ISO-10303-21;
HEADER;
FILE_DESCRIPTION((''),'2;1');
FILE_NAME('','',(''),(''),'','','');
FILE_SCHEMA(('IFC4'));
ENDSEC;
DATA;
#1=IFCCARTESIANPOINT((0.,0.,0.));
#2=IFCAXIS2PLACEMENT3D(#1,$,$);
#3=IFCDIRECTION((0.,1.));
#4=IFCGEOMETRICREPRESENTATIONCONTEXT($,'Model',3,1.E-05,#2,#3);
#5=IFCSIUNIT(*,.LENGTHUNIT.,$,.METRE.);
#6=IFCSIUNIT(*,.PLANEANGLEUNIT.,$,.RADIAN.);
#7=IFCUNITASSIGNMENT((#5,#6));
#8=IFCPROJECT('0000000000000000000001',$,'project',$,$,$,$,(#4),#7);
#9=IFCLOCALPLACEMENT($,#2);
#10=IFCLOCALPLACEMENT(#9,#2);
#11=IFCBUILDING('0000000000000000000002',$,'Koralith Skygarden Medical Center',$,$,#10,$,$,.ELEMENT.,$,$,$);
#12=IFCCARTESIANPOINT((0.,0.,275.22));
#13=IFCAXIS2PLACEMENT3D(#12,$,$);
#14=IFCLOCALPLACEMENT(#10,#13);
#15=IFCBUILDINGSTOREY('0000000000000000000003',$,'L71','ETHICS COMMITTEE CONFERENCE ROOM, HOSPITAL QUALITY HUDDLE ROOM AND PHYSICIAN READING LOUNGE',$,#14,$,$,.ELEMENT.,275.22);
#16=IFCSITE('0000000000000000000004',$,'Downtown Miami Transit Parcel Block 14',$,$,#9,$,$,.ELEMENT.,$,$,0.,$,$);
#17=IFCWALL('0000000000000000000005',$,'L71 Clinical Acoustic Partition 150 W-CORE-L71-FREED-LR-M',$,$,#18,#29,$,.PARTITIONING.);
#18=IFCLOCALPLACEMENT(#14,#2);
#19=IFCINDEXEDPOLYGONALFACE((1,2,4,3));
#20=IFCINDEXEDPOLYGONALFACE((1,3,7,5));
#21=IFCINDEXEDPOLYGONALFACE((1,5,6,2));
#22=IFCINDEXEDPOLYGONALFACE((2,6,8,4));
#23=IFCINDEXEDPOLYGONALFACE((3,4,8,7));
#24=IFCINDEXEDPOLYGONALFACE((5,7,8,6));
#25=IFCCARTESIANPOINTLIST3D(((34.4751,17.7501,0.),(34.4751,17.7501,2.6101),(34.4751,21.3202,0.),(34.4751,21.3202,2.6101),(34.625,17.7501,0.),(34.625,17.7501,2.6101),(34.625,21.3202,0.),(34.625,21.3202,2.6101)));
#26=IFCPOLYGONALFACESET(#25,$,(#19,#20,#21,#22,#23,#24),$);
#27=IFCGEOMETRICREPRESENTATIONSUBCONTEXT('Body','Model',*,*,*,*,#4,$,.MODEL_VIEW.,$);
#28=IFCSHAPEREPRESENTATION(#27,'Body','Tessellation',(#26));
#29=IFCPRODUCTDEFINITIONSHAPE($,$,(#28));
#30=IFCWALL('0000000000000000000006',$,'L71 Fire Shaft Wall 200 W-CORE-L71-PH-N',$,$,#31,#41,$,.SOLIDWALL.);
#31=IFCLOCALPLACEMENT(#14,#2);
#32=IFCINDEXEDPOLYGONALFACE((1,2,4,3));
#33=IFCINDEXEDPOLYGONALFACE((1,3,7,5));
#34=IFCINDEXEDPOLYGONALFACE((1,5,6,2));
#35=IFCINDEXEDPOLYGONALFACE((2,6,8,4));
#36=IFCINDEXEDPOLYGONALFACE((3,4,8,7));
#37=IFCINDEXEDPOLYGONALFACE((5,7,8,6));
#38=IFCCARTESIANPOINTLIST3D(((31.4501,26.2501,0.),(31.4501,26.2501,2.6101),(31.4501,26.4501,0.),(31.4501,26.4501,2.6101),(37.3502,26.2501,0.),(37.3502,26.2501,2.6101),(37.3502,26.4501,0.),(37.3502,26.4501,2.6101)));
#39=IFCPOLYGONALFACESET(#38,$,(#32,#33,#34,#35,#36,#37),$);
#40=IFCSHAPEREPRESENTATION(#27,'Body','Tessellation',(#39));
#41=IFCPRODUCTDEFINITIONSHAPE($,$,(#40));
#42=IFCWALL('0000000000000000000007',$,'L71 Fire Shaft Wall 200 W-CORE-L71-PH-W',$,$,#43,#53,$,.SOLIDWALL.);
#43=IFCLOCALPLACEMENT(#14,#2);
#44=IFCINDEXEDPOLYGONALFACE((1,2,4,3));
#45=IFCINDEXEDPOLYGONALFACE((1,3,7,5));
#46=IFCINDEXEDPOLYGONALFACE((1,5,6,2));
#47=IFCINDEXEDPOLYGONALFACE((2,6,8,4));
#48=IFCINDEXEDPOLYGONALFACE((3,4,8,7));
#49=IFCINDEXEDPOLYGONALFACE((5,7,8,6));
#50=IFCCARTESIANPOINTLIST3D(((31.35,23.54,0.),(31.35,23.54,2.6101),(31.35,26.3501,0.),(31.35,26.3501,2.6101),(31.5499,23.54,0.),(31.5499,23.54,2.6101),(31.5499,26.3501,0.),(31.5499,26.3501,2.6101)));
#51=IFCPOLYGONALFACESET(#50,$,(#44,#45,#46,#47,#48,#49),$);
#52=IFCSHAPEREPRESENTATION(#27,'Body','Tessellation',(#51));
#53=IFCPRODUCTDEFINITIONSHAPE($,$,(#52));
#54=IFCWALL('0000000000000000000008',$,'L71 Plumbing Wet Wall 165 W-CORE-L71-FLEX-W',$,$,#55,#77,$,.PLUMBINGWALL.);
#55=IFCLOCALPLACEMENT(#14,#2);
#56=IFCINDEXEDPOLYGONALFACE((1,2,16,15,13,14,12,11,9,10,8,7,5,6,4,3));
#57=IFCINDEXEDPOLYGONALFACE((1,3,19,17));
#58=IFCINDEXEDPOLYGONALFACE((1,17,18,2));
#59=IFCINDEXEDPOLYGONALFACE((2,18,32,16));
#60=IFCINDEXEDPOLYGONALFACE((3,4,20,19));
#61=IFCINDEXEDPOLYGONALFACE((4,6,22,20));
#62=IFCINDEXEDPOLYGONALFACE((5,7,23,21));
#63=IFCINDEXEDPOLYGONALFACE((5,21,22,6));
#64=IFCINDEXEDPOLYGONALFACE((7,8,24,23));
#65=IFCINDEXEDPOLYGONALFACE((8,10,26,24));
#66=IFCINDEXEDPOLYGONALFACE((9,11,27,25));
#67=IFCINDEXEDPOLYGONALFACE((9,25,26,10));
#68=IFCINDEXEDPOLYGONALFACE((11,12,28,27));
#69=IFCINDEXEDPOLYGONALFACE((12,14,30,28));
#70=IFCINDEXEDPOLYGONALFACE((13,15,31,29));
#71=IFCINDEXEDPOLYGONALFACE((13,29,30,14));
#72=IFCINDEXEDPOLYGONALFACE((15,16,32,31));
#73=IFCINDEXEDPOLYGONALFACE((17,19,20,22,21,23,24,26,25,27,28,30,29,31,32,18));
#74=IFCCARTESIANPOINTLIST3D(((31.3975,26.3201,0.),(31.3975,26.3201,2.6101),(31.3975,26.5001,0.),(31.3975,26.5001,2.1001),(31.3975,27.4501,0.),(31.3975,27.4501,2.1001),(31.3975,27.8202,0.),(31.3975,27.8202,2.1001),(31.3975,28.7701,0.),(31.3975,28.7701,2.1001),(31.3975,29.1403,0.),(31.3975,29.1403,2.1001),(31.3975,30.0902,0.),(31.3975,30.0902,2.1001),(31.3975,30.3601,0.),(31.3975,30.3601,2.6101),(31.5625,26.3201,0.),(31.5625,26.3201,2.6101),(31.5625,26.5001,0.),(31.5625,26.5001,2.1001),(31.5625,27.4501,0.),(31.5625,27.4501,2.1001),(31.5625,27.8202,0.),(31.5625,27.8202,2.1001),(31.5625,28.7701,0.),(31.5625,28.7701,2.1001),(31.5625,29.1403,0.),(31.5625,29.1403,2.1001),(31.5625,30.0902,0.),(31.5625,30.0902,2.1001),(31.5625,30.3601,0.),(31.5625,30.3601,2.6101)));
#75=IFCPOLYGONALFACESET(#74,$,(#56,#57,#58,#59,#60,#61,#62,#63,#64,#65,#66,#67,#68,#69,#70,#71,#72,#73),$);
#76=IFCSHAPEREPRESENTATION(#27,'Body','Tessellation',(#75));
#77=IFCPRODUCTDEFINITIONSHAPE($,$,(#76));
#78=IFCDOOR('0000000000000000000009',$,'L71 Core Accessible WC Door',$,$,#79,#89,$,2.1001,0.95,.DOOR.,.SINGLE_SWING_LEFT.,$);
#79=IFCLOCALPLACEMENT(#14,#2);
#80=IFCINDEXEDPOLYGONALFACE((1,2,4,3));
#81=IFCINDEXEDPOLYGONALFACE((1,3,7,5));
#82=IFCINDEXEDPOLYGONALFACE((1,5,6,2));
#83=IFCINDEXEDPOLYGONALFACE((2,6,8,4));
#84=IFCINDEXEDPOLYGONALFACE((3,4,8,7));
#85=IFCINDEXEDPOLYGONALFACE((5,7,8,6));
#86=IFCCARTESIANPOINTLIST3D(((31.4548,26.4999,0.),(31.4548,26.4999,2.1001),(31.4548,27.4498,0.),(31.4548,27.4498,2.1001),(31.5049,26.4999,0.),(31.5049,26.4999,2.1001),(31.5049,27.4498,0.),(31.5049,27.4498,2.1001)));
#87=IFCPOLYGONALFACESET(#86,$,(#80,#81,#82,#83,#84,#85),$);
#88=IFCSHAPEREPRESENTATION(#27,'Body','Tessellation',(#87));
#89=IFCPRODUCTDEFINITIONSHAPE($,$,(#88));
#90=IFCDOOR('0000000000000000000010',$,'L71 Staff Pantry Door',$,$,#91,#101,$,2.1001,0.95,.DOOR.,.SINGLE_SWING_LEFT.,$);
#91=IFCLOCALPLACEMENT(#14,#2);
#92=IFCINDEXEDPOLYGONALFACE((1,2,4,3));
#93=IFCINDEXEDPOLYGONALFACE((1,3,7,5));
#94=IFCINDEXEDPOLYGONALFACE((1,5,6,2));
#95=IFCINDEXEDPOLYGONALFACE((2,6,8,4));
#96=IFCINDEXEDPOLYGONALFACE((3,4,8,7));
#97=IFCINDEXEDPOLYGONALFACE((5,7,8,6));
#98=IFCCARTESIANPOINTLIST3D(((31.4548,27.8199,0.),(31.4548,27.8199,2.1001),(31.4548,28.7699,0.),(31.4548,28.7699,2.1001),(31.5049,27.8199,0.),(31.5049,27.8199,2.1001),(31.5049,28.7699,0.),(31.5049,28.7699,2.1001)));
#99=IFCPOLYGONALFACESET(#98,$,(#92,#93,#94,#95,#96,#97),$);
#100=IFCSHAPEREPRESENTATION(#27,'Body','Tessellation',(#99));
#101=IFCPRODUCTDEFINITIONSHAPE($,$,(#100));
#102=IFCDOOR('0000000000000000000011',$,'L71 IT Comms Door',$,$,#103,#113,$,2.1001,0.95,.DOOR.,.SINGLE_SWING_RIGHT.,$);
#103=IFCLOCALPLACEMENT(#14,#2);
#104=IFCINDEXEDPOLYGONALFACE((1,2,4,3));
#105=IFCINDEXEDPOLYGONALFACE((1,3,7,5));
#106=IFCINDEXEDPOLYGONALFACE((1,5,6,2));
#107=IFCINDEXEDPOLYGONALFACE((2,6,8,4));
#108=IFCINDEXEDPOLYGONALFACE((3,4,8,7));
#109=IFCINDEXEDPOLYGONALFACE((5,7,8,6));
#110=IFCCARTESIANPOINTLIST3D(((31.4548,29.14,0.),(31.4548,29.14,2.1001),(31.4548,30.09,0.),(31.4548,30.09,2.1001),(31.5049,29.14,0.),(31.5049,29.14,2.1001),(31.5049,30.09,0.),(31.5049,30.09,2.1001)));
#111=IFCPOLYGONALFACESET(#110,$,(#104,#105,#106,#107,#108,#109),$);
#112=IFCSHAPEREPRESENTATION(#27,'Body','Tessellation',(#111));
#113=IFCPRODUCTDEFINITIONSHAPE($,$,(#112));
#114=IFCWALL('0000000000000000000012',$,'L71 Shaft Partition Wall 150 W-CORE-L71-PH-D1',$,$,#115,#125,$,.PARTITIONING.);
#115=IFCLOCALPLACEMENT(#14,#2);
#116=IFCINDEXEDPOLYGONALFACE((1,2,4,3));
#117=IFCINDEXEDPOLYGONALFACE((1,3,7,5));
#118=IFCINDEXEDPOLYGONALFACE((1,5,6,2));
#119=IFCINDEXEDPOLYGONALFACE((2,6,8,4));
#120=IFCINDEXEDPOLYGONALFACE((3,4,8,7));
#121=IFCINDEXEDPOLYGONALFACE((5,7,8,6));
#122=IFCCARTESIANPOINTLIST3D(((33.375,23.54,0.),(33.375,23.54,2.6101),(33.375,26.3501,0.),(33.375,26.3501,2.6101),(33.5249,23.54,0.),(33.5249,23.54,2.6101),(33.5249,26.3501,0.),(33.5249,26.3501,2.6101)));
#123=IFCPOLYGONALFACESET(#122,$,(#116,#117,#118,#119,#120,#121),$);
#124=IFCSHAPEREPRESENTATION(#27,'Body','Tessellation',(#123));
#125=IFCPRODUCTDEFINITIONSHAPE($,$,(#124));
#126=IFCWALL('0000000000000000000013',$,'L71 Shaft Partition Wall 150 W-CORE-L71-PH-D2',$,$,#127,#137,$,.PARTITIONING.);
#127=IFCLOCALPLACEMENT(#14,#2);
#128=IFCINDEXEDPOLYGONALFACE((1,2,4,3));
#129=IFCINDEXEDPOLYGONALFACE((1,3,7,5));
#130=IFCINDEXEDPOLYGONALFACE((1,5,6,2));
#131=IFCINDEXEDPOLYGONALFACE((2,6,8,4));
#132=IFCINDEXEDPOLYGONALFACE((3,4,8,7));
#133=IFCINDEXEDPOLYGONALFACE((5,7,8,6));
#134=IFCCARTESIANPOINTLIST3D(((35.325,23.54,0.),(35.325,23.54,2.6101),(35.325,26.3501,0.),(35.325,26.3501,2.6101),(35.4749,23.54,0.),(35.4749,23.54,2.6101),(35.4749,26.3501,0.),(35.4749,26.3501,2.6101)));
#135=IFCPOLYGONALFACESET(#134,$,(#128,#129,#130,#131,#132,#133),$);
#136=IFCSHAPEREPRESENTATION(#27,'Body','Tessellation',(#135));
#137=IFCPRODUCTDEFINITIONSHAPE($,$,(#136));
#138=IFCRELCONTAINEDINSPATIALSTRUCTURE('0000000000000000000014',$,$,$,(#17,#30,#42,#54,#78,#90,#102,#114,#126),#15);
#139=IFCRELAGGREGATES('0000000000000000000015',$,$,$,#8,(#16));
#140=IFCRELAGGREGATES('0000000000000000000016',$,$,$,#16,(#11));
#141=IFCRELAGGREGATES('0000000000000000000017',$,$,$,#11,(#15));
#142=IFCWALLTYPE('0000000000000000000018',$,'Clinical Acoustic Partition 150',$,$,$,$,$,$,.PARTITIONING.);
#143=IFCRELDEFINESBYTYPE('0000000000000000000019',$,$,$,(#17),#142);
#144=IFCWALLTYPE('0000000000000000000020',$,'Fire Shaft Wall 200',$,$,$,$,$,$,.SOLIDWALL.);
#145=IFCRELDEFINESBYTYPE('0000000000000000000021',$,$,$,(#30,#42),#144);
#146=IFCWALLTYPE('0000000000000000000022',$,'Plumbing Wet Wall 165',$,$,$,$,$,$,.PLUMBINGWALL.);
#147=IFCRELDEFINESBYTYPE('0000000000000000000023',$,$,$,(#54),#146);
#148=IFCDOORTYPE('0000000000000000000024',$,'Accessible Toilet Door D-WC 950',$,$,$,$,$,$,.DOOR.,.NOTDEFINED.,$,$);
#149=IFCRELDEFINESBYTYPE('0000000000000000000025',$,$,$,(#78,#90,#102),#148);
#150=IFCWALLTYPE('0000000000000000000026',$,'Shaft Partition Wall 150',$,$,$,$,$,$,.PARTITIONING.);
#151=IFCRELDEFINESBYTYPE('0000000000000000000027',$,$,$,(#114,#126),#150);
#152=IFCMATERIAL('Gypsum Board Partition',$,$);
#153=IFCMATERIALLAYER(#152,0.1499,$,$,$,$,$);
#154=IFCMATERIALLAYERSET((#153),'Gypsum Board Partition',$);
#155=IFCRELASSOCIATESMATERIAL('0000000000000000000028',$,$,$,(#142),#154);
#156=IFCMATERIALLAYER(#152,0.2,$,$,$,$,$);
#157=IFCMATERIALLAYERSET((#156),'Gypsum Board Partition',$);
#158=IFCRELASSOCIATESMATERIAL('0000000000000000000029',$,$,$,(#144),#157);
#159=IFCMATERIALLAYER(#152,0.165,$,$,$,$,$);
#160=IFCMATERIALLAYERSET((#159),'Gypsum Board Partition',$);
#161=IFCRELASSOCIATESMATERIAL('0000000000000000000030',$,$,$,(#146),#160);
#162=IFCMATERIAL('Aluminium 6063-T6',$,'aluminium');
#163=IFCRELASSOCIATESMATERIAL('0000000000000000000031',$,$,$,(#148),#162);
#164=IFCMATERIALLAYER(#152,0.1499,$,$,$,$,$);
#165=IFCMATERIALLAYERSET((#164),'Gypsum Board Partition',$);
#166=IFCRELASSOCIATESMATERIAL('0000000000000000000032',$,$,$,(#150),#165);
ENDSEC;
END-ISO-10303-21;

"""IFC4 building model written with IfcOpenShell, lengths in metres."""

from ifc_helpers import new_model, si_unit, direction, frame, frame_2d, origin, place, context, subcontext, project, spatial, rectangle, extrude, material, layer, layer_set, type_object, element, fill, save


model = new_model("IFC4")

# Units and contexts
model_context = context("Model", 3, precision=1e-05, world=origin(), true_north=direction((0.0, 1.0)))
body_context = subcontext(model_context, "Body", "Model", "MODEL_VIEW")
ifc_project = project(units=[si_unit("LENGTHUNIT", "METRE"), si_unit("PLANEANGLEUNIT", "RADIAN")], contexts=[model_context])

# Site, building, storey
site_placement = place(None, origin())
site = spatial("IfcSite", under=ifc_project, at=site_placement, Name="Downtown Miami Transit Parcel Block 14", CompositionType="ELEMENT", RefElevation=0.0)
building_placement = place(site_placement, origin())
building = spatial("IfcBuilding", under=site, at=building_placement, Name="Koralith Skygarden Medical Center", CompositionType="ELEMENT")
storey_placement = place(building_placement, frame((0.0, 0.0, 275.22)))
storey = spatial("IfcBuildingStorey", under=building, at=storey_placement, Name="L71", Description="ETHICS COMMITTEE CONFERENCE ROOM, HOSPITAL QUALITY HUDDLE ROOM AND PHYSICIAN READING LOUNGE", CompositionType="ELEMENT", Elevation=275.22)

# Shared definitions
ifc_material_1 = material(Name="Gypsum Board Partition")
ifc_layer_1 = layer(ifc_material_1, 0.1499)
ifc_layer_set_1 = layer_set([ifc_layer_1], Name="Gypsum Board Partition")
wall_type_1 = type_object("IfcWallType", Name="Clinical Acoustic Partition 150", PredefinedType="PARTITIONING", material=ifc_layer_set_1)
ifc_material_2 = material(Name="Aluminium 6063-T6", Category="aluminium")

# Wall
wall_1_placement = place(storey_placement, frame((34.55, 17.75, 0.0), z_axis=(0.0, 0.0, 1.0), x_axis=(0.0, 1.0, 0.0)))
element("IfcWall", 1, at=wall_1_placement, inside=storey, type_object=wall_type_1, Name="L71 Clinical Acoustic Partition 150 W-CORE-L71-FREED-LR-M", PredefinedType="PARTITIONING", context=body_context, shape_type="SweptSolid", body=[
    extrude(rectangle(XDim=3.5701, YDim=0.1499, at=frame_2d((1.7852, 0.0))), origin(), (0.0, 0.0, 1.0), 2.6101),
])

# Shared definitions
ifc_layer_2 = layer(ifc_material_1, 0.2)
ifc_layer_set_2 = layer_set([ifc_layer_2], Name="Gypsum Board Partition")
wall_type_2 = type_object("IfcWallType", Name="Fire Shaft Wall 200", PredefinedType="SOLIDWALL", material=ifc_layer_set_2)

# Walls
wall_2_placement = place(storey_placement, frame((31.45, 26.3501, 0.0), z_axis=(0.0, 0.0, 1.0), x_axis=(1.0, 0.0, 0.0)))
element("IfcWall", 2, at=wall_2_placement, inside=storey, type_object=wall_type_2, Name="L71 Fire Shaft Wall 200 W-CORE-L71-PH-N", PredefinedType="SOLIDWALL", context=body_context, shape_type="SweptSolid", body=[
    extrude(rectangle(XDim=5.9001, YDim=0.2, at=frame_2d((2.9502, 0.0))), origin(), (0.0, 0.0, 1.0), 2.6101),
])
wall_3_placement = place(storey_placement, frame((31.45, 23.54, 0.0), z_axis=(0.0, 0.0, 1.0), x_axis=(0.0, 1.0, 0.0)))
element("IfcWall", 3, at=wall_3_placement, inside=storey, type_object=wall_type_2, Name="L71 Fire Shaft Wall 200 W-CORE-L71-PH-W", PredefinedType="SOLIDWALL", context=body_context, shape_type="SweptSolid", body=[
    extrude(rectangle(XDim=2.8101, YDim=0.2, at=frame_2d((1.405, 0.0))), origin(), (0.0, 0.0, 1.0), 2.6101),
])

# Wall, openings, doors
ifc_layer_3 = layer(ifc_material_1, 0.165)
ifc_layer_set_3 = layer_set([ifc_layer_3], Name="Gypsum Board Partition")
wall_type_3 = type_object("IfcWallType", Name="Plumbing Wet Wall 165", PredefinedType="PLUMBINGWALL", material=ifc_layer_set_3)
wall_4_placement = place(storey_placement, frame((31.48, 26.3201, 0.0), z_axis=(0.0, 0.0, 1.0), x_axis=(0.0, 1.0, 0.0)))
wall_4 = element("IfcWall", 4, at=wall_4_placement, inside=storey, type_object=wall_type_3, Name="L71 Plumbing Wet Wall 165 W-CORE-L71-FLEX-W", PredefinedType="PLUMBINGWALL", context=body_context, shape_type="SweptSolid", body=[
    extrude(rectangle(XDim=4.04, YDim=0.165, at=frame_2d((2.02, 0.0))), origin(), (0.0, 0.0, 1.0), 2.6101),
])
opening_1_placement = place(wall_4_placement, frame((0.1799, 0.0, 0.0)))
opening_1 = element("IfcOpeningElement", 5, at=opening_1_placement, cuts=wall_4, PredefinedType="OPENING", context=body_context, shape_type="SweptSolid", body=[
    extrude(rectangle(XDim=0.95, YDim=2.1001, at=frame_2d((0.4751, 1.05))), frame((0.0, 0.0925, 0.0), z_axis=(0.0, -1.0, 0.0), x_axis=(1.0, 0.0, 0.0)), (0.0, 0.0, 1.0), 0.1851),
])
opening_2_placement = place(wall_4_placement, frame((1.5, 0.0, 0.0)))
opening_2 = element("IfcOpeningElement", 6, at=opening_2_placement, cuts=wall_4, PredefinedType="OPENING", context=body_context, shape_type="SweptSolid", body=[
    extrude(rectangle(XDim=0.95, YDim=2.1001, at=frame_2d((0.4751, 1.05))), frame((0.0, 0.0925, 0.0), z_axis=(0.0, -1.0, 0.0), x_axis=(1.0, 0.0, 0.0)), (0.0, 0.0, 1.0), 0.1851),
])
opening_3_placement = place(wall_4_placement, frame((2.8201, 0.0, 0.0)))
opening_3 = element("IfcOpeningElement", 7, at=opening_3_placement, cuts=wall_4, PredefinedType="OPENING", context=body_context, shape_type="SweptSolid", body=[
    extrude(rectangle(XDim=0.95, YDim=2.1001, at=frame_2d((0.4751, 1.05))), frame((0.0, 0.0925, 0.0), z_axis=(0.0, -1.0, 0.0), x_axis=(1.0, 0.0, 0.0)), (0.0, 0.0, 1.0), 0.1851),
])
door_type_1 = type_object("IfcDoorType", Name="Accessible Toilet Door D-WC 950", OperationType="NOTDEFINED", PredefinedType="DOOR", material=ifc_material_2)
door_1_placement = place(opening_1_placement, frame((0.95, 0.0, 0.0), z_axis=(0.0, 0.0, 1.0), x_axis=(-1.0, 0.0, 0.0)))
door_1 = element("IfcDoor", 8, at=door_1_placement, inside=storey, type_object=door_type_1, Name="L71 Core Accessible WC Door", OperationType="SINGLE_SWING_LEFT", OverallHeight=2.1001, OverallWidth=0.95, PredefinedType="DOOR", context=body_context, shape_type="SweptSolid", body=[
    extrude(rectangle(XDim=0.95, YDim=2.1001, at=frame_2d((0.4751, 1.05))), frame((0.0, 0.0249, 0.0), z_axis=(0.0, -1.0, 0.0), x_axis=(1.0, 0.0, 0.0)), (0.0, 0.0, 1.0), 0.05),
])
fill(opening_1, door_1)
door_2_placement = place(opening_2_placement, frame((0.95, 0.0, 0.0), z_axis=(0.0, 0.0, 1.0), x_axis=(-1.0, 0.0, 0.0)))
door_2 = element("IfcDoor", 9, at=door_2_placement, inside=storey, type_object=door_type_1, Name="L71 Staff Pantry Door", OperationType="SINGLE_SWING_LEFT", OverallHeight=2.1001, OverallWidth=0.95, PredefinedType="DOOR", context=body_context, shape_type="SweptSolid", body=[
    extrude(rectangle(XDim=0.95, YDim=2.1001, at=frame_2d((0.4751, 1.05))), frame((0.0, 0.0249, 0.0), z_axis=(0.0, -1.0, 0.0), x_axis=(1.0, 0.0, 0.0)), (0.0, 0.0, 1.0), 0.05),
])
fill(opening_2, door_2)
door_3_placement = place(opening_3_placement, frame((0.95, 0.0, 0.0), z_axis=(0.0, 0.0, 1.0), x_axis=(-1.0, 0.0, 0.0)))
door_3 = element("IfcDoor", 10, at=door_3_placement, inside=storey, type_object=door_type_1, Name="L71 IT Comms Door", OperationType="SINGLE_SWING_RIGHT", OverallHeight=2.1001, OverallWidth=0.95, PredefinedType="DOOR", context=body_context, shape_type="SweptSolid", body=[
    extrude(rectangle(XDim=0.95, YDim=2.1001, at=frame_2d((0.4751, 1.05))), frame((0.0, 0.0249, 0.0), z_axis=(0.0, -1.0, 0.0), x_axis=(1.0, 0.0, 0.0)), (0.0, 0.0, 1.0), 0.05),
])
fill(opening_3, door_3)

# Walls
ifc_layer_4 = layer(ifc_material_1, 0.1499)
ifc_layer_set_4 = layer_set([ifc_layer_4], Name="Gypsum Board Partition")
wall_type_4 = type_object("IfcWallType", Name="Shaft Partition Wall 150", PredefinedType="PARTITIONING", material=ifc_layer_set_4)
for number, where, z_axis, x_axis, name in (
    (11, (33.45, 23.54, 0.0), (0.0, 0.0, 1.0), (0.0, 1.0, 0.0), "L71 Shaft Partition Wall 150 W-CORE-L71-PH-D1"),
    (12, (35.3999, 23.54, 0.0), (0.0, 0.0, 1.0), (0.0, 1.0, 0.0), "L71 Shaft Partition Wall 150 W-CORE-L71-PH-D2"),
):
    element("IfcWall", number, at=place(storey_placement, frame(where, z_axis=z_axis, x_axis=x_axis)), inside=storey, type_object=wall_type_4, Name=name, PredefinedType="PARTITIONING", context=body_context, shape_type="SweptSolid", body=[
        extrude(rectangle(XDim=2.8101, YDim=0.1499, at=frame_2d((1.405, 0.0))), origin(), (0.0, 0.0, 1.0), 2.6101),
    ])

save(model, "model.ifc")
